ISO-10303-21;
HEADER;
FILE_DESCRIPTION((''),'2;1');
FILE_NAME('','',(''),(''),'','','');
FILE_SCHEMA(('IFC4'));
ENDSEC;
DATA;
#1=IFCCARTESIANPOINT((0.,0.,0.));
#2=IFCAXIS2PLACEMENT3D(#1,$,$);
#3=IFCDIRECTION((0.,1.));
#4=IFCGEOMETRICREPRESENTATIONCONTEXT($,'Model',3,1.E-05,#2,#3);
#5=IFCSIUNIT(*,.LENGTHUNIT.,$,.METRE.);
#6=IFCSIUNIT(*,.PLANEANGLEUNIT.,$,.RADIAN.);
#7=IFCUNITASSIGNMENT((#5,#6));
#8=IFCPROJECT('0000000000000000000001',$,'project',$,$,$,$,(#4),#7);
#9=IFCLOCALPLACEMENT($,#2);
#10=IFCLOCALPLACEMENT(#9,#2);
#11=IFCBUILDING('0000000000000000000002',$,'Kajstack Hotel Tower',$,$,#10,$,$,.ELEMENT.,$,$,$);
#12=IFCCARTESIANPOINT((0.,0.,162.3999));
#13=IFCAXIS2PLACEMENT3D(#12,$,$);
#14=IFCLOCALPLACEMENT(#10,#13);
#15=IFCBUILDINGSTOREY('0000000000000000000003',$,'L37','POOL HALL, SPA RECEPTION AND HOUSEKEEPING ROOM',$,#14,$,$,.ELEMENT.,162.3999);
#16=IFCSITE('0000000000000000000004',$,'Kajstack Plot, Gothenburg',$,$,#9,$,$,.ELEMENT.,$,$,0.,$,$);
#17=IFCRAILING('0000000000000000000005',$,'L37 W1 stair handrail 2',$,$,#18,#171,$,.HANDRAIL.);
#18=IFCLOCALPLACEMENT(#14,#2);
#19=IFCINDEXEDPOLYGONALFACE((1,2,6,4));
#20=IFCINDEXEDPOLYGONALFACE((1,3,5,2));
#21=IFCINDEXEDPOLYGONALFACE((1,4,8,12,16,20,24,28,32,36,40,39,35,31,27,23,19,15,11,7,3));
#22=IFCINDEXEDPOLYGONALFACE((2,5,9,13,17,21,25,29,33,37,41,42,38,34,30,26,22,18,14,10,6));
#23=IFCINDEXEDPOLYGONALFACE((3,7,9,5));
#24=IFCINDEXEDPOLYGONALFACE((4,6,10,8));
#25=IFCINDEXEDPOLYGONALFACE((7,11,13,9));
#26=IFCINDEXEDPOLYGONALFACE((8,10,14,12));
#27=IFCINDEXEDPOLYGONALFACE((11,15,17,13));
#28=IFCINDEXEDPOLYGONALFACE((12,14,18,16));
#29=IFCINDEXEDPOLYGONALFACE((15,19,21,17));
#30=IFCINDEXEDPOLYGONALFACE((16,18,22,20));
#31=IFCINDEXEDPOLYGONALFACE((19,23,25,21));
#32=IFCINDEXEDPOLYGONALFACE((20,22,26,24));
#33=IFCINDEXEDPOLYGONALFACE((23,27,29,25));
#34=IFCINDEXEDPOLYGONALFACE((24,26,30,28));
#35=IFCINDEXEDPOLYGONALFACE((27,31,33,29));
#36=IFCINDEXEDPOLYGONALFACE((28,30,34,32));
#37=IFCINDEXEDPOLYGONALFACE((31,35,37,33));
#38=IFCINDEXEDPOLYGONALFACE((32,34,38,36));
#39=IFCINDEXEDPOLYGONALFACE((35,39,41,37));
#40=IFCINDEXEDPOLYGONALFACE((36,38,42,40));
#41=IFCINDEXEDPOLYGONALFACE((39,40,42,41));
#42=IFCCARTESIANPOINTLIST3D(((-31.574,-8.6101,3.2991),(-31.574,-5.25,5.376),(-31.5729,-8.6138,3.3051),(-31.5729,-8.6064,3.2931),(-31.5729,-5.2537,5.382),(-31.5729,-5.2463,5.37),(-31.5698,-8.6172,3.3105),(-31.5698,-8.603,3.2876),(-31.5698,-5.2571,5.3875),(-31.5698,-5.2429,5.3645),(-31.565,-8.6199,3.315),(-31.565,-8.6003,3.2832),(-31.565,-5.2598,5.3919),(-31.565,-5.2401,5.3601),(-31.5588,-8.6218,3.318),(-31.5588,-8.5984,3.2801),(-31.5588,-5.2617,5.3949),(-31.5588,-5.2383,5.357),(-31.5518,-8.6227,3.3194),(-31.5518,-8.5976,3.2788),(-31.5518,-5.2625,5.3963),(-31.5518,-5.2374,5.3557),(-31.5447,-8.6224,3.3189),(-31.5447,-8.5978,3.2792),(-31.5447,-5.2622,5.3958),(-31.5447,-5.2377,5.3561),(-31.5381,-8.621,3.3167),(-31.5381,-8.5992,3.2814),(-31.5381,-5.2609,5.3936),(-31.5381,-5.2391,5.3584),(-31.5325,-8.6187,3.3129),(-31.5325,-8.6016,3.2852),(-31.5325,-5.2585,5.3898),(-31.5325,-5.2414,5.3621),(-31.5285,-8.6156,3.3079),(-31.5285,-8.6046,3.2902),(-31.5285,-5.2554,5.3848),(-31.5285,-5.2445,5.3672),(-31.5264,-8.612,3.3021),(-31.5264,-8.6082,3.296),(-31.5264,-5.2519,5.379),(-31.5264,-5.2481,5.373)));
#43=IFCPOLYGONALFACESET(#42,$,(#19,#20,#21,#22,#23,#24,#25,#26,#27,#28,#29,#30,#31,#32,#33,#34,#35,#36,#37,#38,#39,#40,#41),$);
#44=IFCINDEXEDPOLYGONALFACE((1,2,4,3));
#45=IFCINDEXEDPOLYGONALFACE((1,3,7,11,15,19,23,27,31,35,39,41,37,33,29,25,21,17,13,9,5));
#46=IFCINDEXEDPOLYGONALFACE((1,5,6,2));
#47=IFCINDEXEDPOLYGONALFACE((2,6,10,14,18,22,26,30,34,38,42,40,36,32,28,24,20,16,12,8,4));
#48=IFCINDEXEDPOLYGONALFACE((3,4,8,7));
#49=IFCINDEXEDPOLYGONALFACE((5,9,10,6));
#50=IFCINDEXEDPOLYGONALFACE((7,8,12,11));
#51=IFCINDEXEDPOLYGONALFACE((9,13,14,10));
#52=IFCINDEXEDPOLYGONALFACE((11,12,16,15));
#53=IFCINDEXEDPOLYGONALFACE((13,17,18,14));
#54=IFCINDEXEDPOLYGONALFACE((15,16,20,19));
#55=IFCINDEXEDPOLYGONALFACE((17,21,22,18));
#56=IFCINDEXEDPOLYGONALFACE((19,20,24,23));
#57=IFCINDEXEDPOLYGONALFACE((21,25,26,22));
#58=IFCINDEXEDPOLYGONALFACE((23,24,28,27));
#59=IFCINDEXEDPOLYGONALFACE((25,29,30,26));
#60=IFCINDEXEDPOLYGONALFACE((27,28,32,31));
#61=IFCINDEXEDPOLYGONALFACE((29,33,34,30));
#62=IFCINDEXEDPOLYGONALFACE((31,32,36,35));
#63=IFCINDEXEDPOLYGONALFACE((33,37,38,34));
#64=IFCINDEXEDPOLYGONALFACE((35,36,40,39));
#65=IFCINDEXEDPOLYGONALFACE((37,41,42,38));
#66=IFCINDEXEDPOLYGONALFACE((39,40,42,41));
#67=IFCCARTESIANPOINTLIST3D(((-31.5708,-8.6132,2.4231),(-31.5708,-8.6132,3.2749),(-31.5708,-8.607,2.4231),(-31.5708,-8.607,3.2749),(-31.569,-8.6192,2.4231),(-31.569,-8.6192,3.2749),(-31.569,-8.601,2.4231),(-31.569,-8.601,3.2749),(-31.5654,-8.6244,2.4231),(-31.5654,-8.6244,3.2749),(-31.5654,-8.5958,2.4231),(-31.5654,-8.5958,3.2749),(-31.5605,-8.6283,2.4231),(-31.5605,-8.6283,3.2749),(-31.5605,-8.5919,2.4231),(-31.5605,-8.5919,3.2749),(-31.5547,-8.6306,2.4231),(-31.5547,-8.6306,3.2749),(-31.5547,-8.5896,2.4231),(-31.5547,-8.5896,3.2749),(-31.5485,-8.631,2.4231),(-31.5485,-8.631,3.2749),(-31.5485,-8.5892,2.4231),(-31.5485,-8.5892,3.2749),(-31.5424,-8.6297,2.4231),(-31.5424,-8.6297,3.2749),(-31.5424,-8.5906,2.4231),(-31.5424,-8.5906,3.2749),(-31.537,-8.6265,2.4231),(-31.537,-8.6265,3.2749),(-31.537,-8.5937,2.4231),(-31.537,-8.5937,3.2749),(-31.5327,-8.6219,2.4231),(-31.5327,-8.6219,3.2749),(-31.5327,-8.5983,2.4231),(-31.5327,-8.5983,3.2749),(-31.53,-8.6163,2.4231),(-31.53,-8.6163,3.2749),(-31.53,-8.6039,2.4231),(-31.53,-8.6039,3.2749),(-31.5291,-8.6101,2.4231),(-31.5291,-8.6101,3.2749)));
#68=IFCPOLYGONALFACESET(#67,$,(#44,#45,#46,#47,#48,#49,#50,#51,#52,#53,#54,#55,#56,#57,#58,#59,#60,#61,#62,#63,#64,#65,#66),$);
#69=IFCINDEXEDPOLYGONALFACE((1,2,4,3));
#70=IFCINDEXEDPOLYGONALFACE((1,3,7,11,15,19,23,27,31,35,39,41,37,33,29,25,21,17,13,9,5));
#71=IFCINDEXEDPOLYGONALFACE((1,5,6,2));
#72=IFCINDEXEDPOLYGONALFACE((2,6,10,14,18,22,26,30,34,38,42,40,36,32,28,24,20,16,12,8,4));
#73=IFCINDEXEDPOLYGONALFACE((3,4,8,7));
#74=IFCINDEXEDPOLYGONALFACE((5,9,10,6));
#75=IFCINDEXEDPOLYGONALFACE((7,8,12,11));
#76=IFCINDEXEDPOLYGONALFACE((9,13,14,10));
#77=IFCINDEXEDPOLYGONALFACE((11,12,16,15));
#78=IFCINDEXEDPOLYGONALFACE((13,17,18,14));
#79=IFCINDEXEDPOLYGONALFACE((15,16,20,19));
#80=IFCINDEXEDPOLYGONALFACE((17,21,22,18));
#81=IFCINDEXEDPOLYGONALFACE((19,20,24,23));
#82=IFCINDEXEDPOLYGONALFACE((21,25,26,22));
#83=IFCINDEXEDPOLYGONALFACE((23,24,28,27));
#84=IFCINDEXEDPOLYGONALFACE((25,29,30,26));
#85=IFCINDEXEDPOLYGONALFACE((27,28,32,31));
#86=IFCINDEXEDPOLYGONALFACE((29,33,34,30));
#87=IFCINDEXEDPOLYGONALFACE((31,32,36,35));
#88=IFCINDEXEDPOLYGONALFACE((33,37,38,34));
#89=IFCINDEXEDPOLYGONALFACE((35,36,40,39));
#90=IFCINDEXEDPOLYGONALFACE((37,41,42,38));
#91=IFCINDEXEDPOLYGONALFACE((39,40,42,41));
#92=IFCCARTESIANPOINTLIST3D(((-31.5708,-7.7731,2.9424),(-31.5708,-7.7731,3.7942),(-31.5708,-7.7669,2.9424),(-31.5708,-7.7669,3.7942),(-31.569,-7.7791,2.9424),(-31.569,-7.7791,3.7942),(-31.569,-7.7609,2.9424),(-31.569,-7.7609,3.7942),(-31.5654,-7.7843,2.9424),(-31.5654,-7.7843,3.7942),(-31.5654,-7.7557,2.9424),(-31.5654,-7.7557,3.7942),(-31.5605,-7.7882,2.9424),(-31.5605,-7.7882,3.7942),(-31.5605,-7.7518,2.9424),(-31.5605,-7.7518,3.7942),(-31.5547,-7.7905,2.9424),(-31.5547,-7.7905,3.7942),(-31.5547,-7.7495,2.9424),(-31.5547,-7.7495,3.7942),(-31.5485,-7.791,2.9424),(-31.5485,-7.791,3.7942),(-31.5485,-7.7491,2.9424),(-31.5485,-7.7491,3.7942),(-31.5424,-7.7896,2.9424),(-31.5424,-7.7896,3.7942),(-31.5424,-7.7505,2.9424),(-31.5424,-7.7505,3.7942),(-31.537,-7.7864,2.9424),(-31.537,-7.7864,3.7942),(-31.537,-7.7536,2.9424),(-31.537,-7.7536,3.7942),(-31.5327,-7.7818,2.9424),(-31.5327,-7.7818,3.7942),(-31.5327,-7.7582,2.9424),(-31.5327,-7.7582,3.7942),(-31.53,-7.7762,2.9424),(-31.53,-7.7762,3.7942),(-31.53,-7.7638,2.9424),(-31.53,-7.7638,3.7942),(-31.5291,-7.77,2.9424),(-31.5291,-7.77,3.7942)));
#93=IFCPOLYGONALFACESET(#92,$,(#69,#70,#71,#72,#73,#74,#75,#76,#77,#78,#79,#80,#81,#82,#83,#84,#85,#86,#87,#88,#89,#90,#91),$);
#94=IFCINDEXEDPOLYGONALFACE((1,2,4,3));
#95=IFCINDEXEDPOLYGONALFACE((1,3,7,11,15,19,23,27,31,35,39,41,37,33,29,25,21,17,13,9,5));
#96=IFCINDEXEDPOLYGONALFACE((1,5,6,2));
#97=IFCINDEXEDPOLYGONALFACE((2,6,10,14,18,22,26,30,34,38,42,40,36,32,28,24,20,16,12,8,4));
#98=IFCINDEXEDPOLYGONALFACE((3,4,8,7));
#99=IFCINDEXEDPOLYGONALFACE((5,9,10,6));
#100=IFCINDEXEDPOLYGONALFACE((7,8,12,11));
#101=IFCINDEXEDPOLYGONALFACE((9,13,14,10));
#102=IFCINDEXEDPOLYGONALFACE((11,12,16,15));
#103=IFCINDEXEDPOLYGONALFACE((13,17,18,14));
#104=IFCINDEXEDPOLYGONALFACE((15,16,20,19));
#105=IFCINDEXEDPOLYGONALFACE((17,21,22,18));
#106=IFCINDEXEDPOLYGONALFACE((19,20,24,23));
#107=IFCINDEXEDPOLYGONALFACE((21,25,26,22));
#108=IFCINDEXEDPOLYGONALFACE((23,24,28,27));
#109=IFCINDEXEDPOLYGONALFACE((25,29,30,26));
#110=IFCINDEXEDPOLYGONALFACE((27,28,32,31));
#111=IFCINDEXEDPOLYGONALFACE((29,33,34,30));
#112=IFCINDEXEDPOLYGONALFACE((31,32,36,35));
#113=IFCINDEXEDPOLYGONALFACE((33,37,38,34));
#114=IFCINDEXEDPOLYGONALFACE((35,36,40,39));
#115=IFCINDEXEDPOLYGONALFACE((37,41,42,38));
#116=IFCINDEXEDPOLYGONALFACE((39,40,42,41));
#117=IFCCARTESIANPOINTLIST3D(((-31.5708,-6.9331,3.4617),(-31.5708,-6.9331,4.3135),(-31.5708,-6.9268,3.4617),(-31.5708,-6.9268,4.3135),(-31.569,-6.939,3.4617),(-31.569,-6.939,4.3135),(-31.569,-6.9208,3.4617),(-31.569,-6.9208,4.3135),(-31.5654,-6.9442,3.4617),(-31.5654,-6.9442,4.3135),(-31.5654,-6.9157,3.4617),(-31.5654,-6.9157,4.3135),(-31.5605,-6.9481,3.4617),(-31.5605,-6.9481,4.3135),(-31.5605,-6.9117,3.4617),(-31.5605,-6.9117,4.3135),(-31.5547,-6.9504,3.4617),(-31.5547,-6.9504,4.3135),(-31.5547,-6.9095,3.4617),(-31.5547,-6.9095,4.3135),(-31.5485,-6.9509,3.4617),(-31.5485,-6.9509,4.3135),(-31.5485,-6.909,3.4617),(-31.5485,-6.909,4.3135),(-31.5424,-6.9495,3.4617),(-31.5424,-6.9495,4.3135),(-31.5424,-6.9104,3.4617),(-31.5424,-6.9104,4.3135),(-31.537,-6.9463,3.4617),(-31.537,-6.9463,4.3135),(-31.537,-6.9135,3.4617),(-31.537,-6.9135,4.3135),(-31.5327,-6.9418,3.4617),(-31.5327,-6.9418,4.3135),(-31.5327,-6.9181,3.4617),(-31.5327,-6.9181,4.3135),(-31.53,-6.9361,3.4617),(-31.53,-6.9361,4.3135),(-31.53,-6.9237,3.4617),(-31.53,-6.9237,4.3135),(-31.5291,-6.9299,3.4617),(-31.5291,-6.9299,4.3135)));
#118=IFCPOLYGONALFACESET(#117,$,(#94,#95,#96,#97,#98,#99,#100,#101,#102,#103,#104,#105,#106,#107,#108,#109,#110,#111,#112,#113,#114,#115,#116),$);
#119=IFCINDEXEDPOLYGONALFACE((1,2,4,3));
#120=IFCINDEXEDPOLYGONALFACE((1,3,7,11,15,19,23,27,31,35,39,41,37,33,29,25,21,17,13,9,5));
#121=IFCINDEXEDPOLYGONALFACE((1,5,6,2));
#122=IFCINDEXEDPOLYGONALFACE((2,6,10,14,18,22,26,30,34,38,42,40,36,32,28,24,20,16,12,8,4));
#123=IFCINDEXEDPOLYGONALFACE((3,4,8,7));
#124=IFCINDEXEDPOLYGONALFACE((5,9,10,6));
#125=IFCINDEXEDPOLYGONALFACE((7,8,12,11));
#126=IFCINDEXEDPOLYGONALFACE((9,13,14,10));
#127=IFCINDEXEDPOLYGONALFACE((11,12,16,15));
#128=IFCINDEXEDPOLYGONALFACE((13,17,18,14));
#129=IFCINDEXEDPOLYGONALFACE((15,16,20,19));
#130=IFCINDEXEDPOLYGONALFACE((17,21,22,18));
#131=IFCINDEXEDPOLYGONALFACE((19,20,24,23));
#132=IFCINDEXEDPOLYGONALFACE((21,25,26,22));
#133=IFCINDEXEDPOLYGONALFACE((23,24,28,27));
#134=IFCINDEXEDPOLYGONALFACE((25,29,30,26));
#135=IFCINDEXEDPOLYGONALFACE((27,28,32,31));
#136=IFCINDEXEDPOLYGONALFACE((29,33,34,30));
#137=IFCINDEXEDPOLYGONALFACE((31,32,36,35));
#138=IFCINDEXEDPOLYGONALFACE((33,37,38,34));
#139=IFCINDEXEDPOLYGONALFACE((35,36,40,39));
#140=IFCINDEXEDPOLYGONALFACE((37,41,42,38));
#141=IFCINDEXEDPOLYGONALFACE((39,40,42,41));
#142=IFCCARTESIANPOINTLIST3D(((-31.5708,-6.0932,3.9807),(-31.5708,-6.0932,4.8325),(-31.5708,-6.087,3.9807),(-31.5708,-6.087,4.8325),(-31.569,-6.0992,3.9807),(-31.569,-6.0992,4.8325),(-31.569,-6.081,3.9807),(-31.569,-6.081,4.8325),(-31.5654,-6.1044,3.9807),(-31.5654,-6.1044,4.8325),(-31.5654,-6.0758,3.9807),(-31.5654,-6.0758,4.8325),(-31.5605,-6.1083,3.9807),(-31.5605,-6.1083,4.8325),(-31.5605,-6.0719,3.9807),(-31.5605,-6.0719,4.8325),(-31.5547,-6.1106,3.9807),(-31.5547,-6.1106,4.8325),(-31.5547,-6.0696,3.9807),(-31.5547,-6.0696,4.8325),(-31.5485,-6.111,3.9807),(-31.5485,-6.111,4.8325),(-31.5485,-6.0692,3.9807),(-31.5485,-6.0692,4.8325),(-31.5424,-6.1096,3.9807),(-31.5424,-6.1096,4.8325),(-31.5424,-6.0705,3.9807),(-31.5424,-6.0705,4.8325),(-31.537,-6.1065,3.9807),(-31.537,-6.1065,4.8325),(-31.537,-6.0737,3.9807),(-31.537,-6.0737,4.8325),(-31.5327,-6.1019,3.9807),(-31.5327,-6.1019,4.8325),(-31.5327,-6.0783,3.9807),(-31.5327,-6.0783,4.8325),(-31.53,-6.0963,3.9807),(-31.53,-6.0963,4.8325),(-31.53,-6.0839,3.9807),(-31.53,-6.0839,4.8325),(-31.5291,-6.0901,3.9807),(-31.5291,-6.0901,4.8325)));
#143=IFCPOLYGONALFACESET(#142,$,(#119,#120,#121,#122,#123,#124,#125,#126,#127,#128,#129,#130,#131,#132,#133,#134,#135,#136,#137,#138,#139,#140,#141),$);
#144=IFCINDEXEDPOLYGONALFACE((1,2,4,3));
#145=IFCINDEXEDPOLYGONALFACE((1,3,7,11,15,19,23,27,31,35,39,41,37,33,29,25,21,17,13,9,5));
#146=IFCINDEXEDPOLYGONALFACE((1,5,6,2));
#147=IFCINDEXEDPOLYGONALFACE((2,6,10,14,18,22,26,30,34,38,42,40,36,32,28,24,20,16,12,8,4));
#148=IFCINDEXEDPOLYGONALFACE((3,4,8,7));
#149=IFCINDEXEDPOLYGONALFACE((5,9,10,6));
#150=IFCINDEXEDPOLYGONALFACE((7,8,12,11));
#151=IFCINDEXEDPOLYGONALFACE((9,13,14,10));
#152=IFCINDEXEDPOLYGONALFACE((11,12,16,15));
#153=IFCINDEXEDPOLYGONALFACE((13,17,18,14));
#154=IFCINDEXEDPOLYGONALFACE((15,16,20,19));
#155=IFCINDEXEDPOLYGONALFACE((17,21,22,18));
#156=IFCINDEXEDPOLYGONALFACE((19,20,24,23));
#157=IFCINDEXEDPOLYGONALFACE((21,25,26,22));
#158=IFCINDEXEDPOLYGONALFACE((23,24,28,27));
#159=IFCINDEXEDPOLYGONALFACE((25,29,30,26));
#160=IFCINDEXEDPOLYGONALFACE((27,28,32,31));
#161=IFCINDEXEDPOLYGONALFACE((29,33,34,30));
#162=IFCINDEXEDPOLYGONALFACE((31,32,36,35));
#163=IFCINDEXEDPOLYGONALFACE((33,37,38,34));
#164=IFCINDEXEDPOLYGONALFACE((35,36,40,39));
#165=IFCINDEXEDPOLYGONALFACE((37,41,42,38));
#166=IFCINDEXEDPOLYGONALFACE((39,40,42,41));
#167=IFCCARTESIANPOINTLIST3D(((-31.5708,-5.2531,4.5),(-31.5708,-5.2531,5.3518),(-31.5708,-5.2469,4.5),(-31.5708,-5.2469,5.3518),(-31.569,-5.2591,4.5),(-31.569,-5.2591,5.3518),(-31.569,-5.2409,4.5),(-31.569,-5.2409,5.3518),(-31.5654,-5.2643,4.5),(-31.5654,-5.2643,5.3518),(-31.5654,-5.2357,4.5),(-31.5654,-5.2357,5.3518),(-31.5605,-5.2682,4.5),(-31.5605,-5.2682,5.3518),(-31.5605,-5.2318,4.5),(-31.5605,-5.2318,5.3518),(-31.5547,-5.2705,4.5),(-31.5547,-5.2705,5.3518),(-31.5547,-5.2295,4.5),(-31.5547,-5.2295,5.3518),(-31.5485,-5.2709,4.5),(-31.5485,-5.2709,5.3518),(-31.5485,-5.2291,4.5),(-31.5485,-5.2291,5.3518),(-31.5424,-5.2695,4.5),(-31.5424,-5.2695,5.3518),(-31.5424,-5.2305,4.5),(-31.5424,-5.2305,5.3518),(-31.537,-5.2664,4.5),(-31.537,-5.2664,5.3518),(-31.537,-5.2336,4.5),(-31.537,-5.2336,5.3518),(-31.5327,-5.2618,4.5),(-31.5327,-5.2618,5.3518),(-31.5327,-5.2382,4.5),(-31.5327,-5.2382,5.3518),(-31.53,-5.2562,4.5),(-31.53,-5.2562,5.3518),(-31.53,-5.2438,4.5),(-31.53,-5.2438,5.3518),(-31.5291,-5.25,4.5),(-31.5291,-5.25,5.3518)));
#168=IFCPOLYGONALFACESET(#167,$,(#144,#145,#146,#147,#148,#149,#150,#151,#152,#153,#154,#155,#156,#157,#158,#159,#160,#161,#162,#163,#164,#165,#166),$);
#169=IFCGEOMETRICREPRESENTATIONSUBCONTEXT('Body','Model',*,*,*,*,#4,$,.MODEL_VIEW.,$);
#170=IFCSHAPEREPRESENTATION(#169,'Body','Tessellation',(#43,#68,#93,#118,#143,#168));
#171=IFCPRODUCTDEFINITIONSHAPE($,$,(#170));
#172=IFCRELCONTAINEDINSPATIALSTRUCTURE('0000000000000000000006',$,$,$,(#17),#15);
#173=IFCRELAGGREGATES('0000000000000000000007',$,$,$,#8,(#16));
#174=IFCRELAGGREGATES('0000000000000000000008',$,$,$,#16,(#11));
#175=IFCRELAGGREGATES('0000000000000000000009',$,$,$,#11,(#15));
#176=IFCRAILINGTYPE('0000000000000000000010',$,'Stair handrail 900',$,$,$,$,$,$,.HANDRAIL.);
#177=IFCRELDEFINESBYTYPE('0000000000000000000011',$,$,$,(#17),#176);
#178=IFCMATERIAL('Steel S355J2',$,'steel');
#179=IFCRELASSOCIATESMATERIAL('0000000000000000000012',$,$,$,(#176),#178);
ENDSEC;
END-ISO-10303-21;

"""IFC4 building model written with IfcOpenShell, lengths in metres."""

from ifc_helpers import new_model, si_unit, direction, frame, origin, origin_2d, place, context, subcontext, project, spatial, circle, extrude, material, type_object, element, save


model = new_model("IFC4")

# Units and contexts
model_context = context("Model", 3, precision=1e-05, world=origin(), true_north=direction((0.0, 1.0)))
body_context = subcontext(model_context, "Body", "Model", "MODEL_VIEW")
ifc_project = project(units=[si_unit("LENGTHUNIT", "METRE"), si_unit("PLANEANGLEUNIT", "RADIAN")], contexts=[model_context])

# Site, building, storey
site_placement = place(None, origin())
site = spatial("IfcSite", under=ifc_project, at=site_placement, Name="Kajstack Plot, Gothenburg", CompositionType="ELEMENT", RefElevation=0.0)
building_placement = place(site_placement, origin())
building = spatial("IfcBuilding", under=site, at=building_placement, Name="Kajstack Hotel Tower", CompositionType="ELEMENT")
storey_placement = place(building_placement, frame((0.0, 0.0, 162.3999)))
storey = spatial("IfcBuildingStorey", under=building, at=storey_placement, Name="L37", Description="POOL HALL, SPA RECEPTION AND HOUSEKEEPING ROOM", CompositionType="ELEMENT", Elevation=162.3999)

# Railing
ifc_material_1 = material(Name="Steel S355J2", Category="steel")
railing_type_1 = type_object("IfcRailingType", Name="Stair handrail 900", PredefinedType="HANDRAIL", material=ifc_material_1)
railing_1_placement = place(storey_placement, frame((-31.55, -8.6101, 2.4231)))
element("IfcRailing", 1, at=railing_1_placement, inside=storey, type_object=railing_type_1, Name="L37 W1 stair handrail 2", PredefinedType="HANDRAIL", context=body_context, shape_type="SweptSolid", body=[
    extrude(circle(Radius=0.0239, at=origin_2d()), frame((0.0, 0.0, 0.876), z_axis=(0.0, 0.850623, 0.525776), x_axis=(-1.0, 0.0, 0.0)), (0.0, 0.0, 1.0), 3.9502),
    extrude(circle(Radius=0.021, at=origin_2d()), origin(), (0.0, 0.0, 1.0), 0.8518),
    extrude(circle(Radius=0.021, at=origin_2d()), frame((0.0, 0.8401, 0.5193)), (0.0, 0.0, 1.0), 0.8518),
    extrude(circle(Radius=0.021, at=origin_2d()), frame((0.0, 1.6802, 1.0386)), (0.0, 0.0, 1.0), 0.8518),
    extrude(circle(Radius=0.021, at=origin_2d()), frame((0.0, 2.52, 1.5576)), (0.0, 0.0, 1.0), 0.8518),
    extrude(circle(Radius=0.021, at=origin_2d()), frame((0.0, 3.3601, 2.0769)), (0.0, 0.0, 1.0), 0.8518),
])

save(model, "model.ifc")
